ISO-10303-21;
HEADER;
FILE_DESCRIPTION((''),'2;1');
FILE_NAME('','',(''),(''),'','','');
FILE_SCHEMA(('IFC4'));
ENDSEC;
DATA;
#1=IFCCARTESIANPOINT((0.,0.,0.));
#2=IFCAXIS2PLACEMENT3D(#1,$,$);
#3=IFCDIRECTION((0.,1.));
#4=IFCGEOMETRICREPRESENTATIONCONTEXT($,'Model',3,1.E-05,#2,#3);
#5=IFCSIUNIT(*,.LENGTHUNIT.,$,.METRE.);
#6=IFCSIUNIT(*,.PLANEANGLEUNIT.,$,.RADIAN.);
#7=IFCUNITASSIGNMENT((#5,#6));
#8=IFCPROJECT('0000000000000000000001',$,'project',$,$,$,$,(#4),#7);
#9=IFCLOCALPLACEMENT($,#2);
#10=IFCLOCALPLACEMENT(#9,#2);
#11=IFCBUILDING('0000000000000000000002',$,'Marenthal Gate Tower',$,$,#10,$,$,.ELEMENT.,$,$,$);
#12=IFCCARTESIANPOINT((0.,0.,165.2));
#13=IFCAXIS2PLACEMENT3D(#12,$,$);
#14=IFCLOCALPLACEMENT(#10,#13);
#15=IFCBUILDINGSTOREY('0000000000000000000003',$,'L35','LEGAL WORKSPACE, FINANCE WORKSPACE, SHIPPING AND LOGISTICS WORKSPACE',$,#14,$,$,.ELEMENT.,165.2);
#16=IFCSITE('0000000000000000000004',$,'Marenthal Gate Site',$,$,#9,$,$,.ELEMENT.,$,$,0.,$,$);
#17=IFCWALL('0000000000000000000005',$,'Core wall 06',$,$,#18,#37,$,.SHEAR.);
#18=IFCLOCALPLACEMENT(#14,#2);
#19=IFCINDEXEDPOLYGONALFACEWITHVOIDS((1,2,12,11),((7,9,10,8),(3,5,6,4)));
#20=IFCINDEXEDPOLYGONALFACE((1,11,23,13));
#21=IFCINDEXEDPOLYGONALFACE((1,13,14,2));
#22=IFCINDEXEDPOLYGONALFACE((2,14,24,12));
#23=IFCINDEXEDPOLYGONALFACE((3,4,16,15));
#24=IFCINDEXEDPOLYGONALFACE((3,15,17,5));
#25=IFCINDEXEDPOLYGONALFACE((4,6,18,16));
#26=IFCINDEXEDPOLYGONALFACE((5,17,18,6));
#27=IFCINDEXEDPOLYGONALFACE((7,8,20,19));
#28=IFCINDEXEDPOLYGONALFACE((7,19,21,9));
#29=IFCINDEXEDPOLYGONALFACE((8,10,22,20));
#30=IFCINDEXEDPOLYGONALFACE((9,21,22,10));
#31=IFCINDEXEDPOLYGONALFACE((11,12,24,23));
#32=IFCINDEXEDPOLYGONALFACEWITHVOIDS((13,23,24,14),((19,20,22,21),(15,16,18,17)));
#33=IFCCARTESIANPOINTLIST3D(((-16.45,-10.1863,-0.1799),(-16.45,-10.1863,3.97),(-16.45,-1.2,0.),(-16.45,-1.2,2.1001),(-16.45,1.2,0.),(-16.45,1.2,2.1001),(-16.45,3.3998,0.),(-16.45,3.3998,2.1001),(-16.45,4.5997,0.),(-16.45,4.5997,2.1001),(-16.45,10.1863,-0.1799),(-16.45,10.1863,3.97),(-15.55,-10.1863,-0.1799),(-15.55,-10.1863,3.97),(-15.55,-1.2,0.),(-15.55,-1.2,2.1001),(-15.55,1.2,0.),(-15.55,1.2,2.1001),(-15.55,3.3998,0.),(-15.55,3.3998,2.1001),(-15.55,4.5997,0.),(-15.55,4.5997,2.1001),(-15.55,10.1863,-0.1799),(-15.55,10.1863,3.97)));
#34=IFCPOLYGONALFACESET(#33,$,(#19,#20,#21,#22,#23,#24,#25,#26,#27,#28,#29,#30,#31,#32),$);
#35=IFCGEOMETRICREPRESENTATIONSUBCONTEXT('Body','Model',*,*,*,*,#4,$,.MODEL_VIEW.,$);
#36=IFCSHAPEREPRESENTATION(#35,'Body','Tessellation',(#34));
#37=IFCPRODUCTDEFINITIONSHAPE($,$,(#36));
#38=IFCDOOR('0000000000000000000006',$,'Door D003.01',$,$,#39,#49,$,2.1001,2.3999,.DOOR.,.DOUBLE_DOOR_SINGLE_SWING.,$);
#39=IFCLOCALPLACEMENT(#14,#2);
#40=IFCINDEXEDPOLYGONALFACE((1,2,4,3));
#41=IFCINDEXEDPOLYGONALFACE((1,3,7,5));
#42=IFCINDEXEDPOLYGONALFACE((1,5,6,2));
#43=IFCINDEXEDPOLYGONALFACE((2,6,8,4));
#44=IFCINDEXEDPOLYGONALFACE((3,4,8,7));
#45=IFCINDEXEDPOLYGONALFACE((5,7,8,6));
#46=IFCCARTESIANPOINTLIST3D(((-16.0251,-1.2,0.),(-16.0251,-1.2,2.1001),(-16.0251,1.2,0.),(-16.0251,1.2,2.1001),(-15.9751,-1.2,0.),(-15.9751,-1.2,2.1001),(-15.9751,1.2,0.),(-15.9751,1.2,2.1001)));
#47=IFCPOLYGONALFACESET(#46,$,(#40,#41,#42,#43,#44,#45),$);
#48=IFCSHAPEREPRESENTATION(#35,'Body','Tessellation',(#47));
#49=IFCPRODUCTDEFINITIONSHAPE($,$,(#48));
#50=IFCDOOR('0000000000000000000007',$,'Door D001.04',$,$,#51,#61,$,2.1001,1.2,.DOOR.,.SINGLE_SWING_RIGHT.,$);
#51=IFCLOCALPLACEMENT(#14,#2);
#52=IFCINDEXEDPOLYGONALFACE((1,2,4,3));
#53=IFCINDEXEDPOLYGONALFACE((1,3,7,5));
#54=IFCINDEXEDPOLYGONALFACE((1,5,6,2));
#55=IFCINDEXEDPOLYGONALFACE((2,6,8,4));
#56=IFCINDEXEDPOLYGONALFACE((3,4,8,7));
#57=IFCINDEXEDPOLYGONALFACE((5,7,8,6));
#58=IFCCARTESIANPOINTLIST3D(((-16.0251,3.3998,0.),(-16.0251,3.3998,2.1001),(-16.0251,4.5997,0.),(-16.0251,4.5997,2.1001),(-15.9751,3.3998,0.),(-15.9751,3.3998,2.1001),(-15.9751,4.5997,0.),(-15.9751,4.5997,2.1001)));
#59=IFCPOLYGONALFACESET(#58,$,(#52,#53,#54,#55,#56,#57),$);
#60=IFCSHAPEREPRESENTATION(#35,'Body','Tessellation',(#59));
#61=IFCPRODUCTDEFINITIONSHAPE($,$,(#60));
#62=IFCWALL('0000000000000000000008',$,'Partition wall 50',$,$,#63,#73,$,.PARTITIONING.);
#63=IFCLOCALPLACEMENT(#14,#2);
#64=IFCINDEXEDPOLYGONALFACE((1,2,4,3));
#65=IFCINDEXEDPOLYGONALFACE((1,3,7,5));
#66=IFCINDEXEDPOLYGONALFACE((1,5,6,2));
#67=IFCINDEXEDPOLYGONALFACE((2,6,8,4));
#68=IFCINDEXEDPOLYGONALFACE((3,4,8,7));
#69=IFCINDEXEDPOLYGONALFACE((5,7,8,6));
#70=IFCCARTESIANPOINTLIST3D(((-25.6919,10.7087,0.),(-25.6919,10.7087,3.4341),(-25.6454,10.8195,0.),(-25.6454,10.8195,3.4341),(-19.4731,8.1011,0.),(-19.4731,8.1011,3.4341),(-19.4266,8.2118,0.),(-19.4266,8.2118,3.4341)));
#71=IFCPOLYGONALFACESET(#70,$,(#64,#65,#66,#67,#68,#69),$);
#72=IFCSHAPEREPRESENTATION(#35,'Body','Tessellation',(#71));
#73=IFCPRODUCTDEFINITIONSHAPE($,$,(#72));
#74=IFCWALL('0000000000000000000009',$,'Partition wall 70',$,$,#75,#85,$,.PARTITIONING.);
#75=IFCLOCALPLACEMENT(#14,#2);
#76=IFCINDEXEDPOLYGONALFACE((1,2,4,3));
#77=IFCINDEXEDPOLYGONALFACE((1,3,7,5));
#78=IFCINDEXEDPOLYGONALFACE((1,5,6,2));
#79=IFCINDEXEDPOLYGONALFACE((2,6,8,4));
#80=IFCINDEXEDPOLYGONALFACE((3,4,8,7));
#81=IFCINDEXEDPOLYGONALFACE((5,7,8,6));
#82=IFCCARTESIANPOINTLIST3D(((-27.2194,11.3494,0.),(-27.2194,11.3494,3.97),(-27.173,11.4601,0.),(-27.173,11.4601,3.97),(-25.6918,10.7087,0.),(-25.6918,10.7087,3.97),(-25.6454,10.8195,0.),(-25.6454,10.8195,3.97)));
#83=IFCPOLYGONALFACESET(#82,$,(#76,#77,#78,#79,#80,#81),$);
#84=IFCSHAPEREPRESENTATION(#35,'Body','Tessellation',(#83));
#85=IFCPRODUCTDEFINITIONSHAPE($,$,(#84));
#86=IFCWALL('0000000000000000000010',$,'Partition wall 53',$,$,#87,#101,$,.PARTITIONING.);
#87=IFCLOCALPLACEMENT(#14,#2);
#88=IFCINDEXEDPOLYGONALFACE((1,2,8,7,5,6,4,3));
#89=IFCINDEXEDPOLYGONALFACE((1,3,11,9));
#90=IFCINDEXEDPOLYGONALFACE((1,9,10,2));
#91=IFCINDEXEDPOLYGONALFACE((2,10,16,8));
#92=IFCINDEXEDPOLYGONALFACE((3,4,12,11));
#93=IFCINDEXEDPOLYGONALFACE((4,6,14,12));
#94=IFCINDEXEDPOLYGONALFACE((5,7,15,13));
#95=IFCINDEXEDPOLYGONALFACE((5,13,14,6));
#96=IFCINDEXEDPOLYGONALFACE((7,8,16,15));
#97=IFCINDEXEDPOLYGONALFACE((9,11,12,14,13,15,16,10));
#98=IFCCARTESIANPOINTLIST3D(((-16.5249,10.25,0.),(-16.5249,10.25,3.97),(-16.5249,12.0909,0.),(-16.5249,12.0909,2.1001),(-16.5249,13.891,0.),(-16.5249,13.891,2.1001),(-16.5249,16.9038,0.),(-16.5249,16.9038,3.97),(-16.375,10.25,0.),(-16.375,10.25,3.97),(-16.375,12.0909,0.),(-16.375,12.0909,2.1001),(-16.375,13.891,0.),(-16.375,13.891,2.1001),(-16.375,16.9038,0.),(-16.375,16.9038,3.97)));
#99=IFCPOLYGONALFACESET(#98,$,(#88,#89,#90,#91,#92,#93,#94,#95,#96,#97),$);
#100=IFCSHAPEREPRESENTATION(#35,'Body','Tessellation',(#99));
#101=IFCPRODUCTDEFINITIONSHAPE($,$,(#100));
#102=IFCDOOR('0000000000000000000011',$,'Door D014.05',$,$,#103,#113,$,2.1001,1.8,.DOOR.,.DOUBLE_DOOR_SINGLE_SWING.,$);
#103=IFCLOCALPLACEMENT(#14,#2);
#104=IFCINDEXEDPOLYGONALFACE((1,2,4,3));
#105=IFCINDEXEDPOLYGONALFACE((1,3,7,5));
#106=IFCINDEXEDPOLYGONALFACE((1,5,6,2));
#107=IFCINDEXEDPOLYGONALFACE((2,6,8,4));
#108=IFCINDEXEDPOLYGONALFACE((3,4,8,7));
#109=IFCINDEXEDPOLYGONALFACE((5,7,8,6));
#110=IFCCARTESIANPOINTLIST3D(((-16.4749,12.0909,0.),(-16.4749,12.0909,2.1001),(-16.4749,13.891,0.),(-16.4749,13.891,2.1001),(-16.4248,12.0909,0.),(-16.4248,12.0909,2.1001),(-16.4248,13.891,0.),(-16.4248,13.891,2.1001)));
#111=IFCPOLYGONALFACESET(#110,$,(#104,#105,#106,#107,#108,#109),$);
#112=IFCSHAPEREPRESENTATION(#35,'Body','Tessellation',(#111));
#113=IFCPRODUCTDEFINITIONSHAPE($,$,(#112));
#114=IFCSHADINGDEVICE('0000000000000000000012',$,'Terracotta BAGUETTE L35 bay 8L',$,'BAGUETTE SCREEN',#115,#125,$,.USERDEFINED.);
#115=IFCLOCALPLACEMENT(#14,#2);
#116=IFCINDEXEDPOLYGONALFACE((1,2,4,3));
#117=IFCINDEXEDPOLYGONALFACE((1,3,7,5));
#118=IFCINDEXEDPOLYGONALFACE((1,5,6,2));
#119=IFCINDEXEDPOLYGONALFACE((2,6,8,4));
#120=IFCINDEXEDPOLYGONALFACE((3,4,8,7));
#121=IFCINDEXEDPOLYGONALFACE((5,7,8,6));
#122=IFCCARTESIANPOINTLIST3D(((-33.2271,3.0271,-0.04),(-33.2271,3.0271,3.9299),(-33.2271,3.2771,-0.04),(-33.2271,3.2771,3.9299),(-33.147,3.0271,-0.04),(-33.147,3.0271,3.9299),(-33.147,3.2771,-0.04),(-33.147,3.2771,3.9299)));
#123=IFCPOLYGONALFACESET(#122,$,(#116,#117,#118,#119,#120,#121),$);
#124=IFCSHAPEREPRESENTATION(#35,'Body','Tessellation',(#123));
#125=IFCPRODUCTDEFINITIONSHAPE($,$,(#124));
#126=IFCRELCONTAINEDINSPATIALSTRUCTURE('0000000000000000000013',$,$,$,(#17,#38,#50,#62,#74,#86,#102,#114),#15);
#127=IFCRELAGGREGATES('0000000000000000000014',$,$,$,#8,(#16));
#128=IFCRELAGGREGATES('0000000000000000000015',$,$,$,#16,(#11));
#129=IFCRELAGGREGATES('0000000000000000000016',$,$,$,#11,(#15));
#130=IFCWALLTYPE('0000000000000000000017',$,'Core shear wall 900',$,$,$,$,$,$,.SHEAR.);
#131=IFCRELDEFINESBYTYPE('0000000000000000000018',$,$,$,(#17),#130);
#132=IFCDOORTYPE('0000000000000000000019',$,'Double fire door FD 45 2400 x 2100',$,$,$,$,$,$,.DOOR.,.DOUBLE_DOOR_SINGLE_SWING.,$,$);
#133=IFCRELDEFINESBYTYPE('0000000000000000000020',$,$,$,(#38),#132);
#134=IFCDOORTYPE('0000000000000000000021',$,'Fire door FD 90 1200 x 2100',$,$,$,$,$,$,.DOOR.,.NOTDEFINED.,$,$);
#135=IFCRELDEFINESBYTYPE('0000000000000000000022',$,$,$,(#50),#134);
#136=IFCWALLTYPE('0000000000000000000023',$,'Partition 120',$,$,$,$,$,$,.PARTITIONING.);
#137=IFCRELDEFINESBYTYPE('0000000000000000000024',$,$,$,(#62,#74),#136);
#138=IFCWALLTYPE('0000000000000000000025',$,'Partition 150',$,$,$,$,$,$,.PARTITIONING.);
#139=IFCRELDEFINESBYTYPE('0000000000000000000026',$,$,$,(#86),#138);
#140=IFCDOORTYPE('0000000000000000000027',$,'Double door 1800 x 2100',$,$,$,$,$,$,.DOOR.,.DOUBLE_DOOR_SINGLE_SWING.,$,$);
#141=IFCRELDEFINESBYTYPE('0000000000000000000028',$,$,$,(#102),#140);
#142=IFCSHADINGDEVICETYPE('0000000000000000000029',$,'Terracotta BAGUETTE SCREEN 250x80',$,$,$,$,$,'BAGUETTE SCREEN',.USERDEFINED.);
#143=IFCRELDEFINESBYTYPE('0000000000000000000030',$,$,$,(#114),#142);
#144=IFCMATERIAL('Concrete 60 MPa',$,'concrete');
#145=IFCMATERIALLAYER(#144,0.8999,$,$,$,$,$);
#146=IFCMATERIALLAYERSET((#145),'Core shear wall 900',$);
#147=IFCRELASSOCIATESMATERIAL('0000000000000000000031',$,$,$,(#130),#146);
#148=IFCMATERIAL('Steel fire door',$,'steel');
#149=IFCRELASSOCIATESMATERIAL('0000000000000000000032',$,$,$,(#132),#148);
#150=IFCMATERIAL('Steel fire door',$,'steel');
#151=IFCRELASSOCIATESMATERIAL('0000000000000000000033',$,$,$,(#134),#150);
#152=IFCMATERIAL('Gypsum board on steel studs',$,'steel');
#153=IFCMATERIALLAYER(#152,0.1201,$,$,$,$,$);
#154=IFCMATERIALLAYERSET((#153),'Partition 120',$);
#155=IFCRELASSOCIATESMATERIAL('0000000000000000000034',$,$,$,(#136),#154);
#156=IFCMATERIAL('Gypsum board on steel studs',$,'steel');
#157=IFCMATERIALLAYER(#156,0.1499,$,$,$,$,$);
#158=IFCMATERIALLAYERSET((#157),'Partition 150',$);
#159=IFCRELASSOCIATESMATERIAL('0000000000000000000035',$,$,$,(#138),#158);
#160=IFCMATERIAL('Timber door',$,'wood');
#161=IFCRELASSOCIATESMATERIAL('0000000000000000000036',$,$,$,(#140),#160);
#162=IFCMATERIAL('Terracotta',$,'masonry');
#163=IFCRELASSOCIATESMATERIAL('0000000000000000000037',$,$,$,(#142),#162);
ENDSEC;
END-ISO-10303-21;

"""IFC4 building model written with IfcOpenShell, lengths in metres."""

from ifc_helpers import new_model, si_unit, direction, frame, frame_2d, origin, origin_2d, place, context, subcontext, project, spatial, rectangle, extrude, material, layer, layer_set, material_profile, profile_set, type_object, element, fill, save


model = new_model("IFC4")

# Units and contexts
model_context = context("Model", 3, precision=1e-05, world=origin(), true_north=direction((0.0, 1.0)))
body_context = subcontext(model_context, "Body", "Model", "MODEL_VIEW")
ifc_project = project(units=[si_unit("LENGTHUNIT", "METRE"), si_unit("PLANEANGLEUNIT", "RADIAN")], contexts=[model_context])

# Site, building, storey
site_placement = place(None, origin())
site = spatial("IfcSite", under=ifc_project, at=site_placement, Name="Marenthal Gate Site", CompositionType="ELEMENT", RefElevation=0.0)
building_placement = place(site_placement, origin())
building = spatial("IfcBuilding", under=site, at=building_placement, Name="Marenthal Gate Tower", CompositionType="ELEMENT")
storey_placement = place(building_placement, frame((0.0, 0.0, 165.2)))
storey = spatial("IfcBuildingStorey", under=building, at=storey_placement, Name="L35", Description="LEGAL WORKSPACE, FINANCE WORKSPACE, SHIPPING AND LOGISTICS WORKSPACE", CompositionType="ELEMENT", Elevation=165.2)

# Wall, openings, doors
ifc_material_1 = material(Name="Concrete 60 MPa", Category="concrete")
ifc_layer_1 = layer(ifc_material_1, 0.8999)
ifc_layer_set_1 = layer_set([ifc_layer_1], Name="Core shear wall 900")
wall_type_1 = type_object("IfcWallType", Name="Core shear wall 900", PredefinedType="SHEAR", material=ifc_layer_set_1)
wall_1_placement = place(storey_placement, frame((-16.0, 10.1863, -0.1799), z_axis=(0.0, 0.0, 1.0), x_axis=(0.0, -1.0, 0.0)))
wall_1 = element("IfcWall", 1, at=wall_1_placement, inside=storey, type_object=wall_type_1, Name="Core wall 06", PredefinedType="SHEAR", context=body_context, shape_type="SweptSolid", body=[
    extrude(rectangle(XDim=20.3726, YDim=0.8999, at=frame_2d((10.1863, 0.0))), origin(), (0.0, 0.0, 1.0), 4.1499),
])
opening_1_placement = place(wall_1_placement, frame((8.9863, 0.0, 0.1799)))
opening_1 = element("IfcOpeningElement", 2, at=opening_1_placement, cuts=wall_1, PredefinedType="OPENING", context=body_context, shape_type="SweptSolid", body=[
    extrude(rectangle(XDim=2.3999, YDim=2.1001, at=frame_2d((1.2, 1.05))), frame((0.0, 0.46, 0.0), z_axis=(0.0, -1.0, 0.0), x_axis=(1.0, 0.0, 0.0)), (0.0, 0.0, 1.0), 0.9199),
])
opening_2_placement = place(wall_1_placement, frame((5.5864, 0.0, 0.1799)))
opening_2 = element("IfcOpeningElement", 3, at=opening_2_placement, cuts=wall_1, PredefinedType="OPENING", context=body_context, shape_type="SweptSolid", body=[
    extrude(rectangle(XDim=1.2, YDim=2.1001, at=frame_2d((0.6001, 1.05))), frame((0.0, 0.46, 0.0), z_axis=(0.0, -1.0, 0.0), x_axis=(1.0, 0.0, 0.0)), (0.0, 0.0, 1.0), 0.9199),
])
ifc_material_2 = material(Name="Steel fire door", Category="steel")
door_type_1 = type_object("IfcDoorType", Name="Double fire door FD 45 2400 x 2100", OperationType="DOUBLE_DOOR_SINGLE_SWING", PredefinedType="DOOR", material=ifc_material_2)
door_1_placement = place(opening_1_placement, origin())
door_1 = element("IfcDoor", 4, at=door_1_placement, inside=storey, type_object=door_type_1, Name="Door D003.01", OperationType="DOUBLE_DOOR_SINGLE_SWING", OverallHeight=2.1001, OverallWidth=2.3999, PredefinedType="DOOR", context=body_context, shape_type="SweptSolid", body=[
    extrude(rectangle(XDim=2.3999, YDim=2.1001, at=frame_2d((1.2, 1.05))), frame((0.0, 0.0249, 0.0), z_axis=(0.0, -1.0, 0.0), x_axis=(1.0, 0.0, 0.0)), (0.0, 0.0, 1.0), 0.05),
])
fill(opening_1, door_1)
ifc_material_3 = material(Name="Steel fire door", Category="steel")
door_type_2 = type_object("IfcDoorType", Name="Fire door FD 90 1200 x 2100", OperationType="NOTDEFINED", PredefinedType="DOOR", material=ifc_material_3)
door_2_placement = place(opening_2_placement, origin())
door_2 = element("IfcDoor", 5, at=door_2_placement, inside=storey, type_object=door_type_2, Name="Door D001.04", OperationType="SINGLE_SWING_RIGHT", OverallHeight=2.1001, OverallWidth=1.2, PredefinedType="DOOR", context=body_context, shape_type="SweptSolid", body=[
    extrude(rectangle(XDim=1.2, YDim=2.1001, at=frame_2d((0.6001, 1.05))), frame((0.0, 0.0249, 0.0), z_axis=(0.0, -1.0, 0.0), x_axis=(1.0, 0.0, 0.0)), (0.0, 0.0, 1.0), 0.05),
])
fill(opening_2, door_2)

# Walls
ifc_material_4 = material(Name="Gypsum board on steel studs", Category="steel")
ifc_layer_2 = layer(ifc_material_4, 0.1201)
ifc_layer_set_2 = layer_set([ifc_layer_2], Name="Partition 120")
wall_type_2 = type_object("IfcWallType", Name="Partition 120", PredefinedType="PARTITIONING", material=ifc_layer_set_2)
wall_2_placement = place(storey_placement, frame((-19.45, 8.1565, 0.0), z_axis=(0.0, 0.0, 1.0), x_axis=(-0.922205, 0.386702, 0.0)))
element("IfcWall", 6, at=wall_2_placement, inside=storey, type_object=wall_type_2, Name="Partition wall 50", PredefinedType="PARTITIONING", context=body_context, shape_type="SweptSolid", body=[
    extrude(rectangle(XDim=6.7434, YDim=0.1201, at=frame_2d((3.3716, 0.0))), origin(), (0.0, 0.0, 1.0), 3.4341),
])
wall_3_placement = place(storey_placement, frame((-25.6687, 10.7642, 0.0), z_axis=(0.0, 0.0, 1.0), x_axis=(-0.922189, 0.386739, 0.0)))
element("IfcWall", 7, at=wall_3_placement, inside=storey, type_object=wall_type_2, Name="Partition wall 70", PredefinedType="PARTITIONING", context=body_context, shape_type="SweptSolid", body=[
    extrude(rectangle(XDim=1.6565, YDim=0.1201, at=frame_2d((0.8281, 0.0))), origin(), (0.0, 0.0, 1.0), 3.97),
])

# Wall, opening, door
ifc_material_5 = material(Name="Gypsum board on steel studs", Category="steel")
ifc_layer_3 = layer(ifc_material_5, 0.1499)
ifc_layer_set_3 = layer_set([ifc_layer_3], Name="Partition 150")
wall_type_3 = type_object("IfcWallType", Name="Partition 150", PredefinedType="PARTITIONING", material=ifc_layer_set_3)
wall_4_placement = place(storey_placement, frame((-16.45, 10.25, 0.0), z_axis=(0.0, 0.0, 1.0), x_axis=(0.0, 1.0, 0.0)))
wall_4 = element("IfcWall", 8, at=wall_4_placement, inside=storey, type_object=wall_type_3, Name="Partition wall 53", PredefinedType="PARTITIONING", context=body_context, shape_type="SweptSolid", body=[
    extrude(rectangle(XDim=6.6538, YDim=0.1499, at=frame_2d((3.3269, 0.0))), origin(), (0.0, 0.0, 1.0), 3.97),
])
opening_3_placement = place(wall_4_placement, frame((1.8411, 0.0, 0.0)))
opening_3 = element("IfcOpeningElement", 9, at=opening_3_placement, cuts=wall_4, PredefinedType="OPENING", context=body_context, shape_type="SweptSolid", body=[
    extrude(rectangle(XDim=1.8, YDim=2.1001, at=frame_2d((0.8999, 1.05))), frame((0.0, 0.085, 0.0), z_axis=(0.0, -1.0, 0.0), x_axis=(1.0, 0.0, 0.0)), (0.0, 0.0, 1.0), 0.1699),
])
ifc_material_6 = material(Name="Timber door", Category="wood")
door_type_3 = type_object("IfcDoorType", Name="Double door 1800 x 2100", OperationType="DOUBLE_DOOR_SINGLE_SWING", PredefinedType="DOOR", material=ifc_material_6)
door_3_placement = place(opening_3_placement, origin())
door_3 = element("IfcDoor", 10, at=door_3_placement, inside=storey, type_object=door_type_3, Name="Door D014.05", OperationType="DOUBLE_DOOR_SINGLE_SWING", OverallHeight=2.1001, OverallWidth=1.8, PredefinedType="DOOR", context=body_context, shape_type="SweptSolid", body=[
    extrude(rectangle(XDim=1.8, YDim=2.1001, at=frame_2d((0.8999, 1.05))), frame((0.0, 0.0249, 0.0), z_axis=(0.0, -1.0, 0.0), x_axis=(1.0, 0.0, 0.0)), (0.0, 0.0, 1.0), 0.05),
])
fill(opening_3, door_3)

# Shading device
ifc_material_7 = material(Name="Terracotta", Category="masonry")
ifc_material_profile_1 = material_profile(ifc_material_7, rectangle(XDim=0.25, YDim=0.0801, at=origin_2d()), Name="Terracotta baguette 250x80")
ifc_profile_set_1 = profile_set([ifc_material_profile_1], Name="Terracotta")
shading_device_type = type_object("IfcShadingDeviceType", Name="Terracotta BAGUETTE SCREEN 250x80", ElementType="BAGUETTE SCREEN", PredefinedType="USERDEFINED", material=ifc_profile_set_1)
shading_device_placement = place(storey_placement, frame((-33.187, 3.1521, -0.04), z_axis=(0.0, 0.0, 1.0), x_axis=(0.0, -1.0, 0.0)))
element("IfcShadingDevice", 11, at=shading_device_placement, inside=storey, type_object=shading_device_type, Name="Terracotta BAGUETTE L35 bay 8L", ObjectType="BAGUETTE SCREEN", PredefinedType="USERDEFINED", context=body_context, shape_type="SweptSolid", body=[
    extrude(rectangle(XDim=0.25, YDim=0.0801, at=origin_2d()), origin(), (0.0, 0.0, 1.0), 3.97),
])

save(model, "model.ifc")
